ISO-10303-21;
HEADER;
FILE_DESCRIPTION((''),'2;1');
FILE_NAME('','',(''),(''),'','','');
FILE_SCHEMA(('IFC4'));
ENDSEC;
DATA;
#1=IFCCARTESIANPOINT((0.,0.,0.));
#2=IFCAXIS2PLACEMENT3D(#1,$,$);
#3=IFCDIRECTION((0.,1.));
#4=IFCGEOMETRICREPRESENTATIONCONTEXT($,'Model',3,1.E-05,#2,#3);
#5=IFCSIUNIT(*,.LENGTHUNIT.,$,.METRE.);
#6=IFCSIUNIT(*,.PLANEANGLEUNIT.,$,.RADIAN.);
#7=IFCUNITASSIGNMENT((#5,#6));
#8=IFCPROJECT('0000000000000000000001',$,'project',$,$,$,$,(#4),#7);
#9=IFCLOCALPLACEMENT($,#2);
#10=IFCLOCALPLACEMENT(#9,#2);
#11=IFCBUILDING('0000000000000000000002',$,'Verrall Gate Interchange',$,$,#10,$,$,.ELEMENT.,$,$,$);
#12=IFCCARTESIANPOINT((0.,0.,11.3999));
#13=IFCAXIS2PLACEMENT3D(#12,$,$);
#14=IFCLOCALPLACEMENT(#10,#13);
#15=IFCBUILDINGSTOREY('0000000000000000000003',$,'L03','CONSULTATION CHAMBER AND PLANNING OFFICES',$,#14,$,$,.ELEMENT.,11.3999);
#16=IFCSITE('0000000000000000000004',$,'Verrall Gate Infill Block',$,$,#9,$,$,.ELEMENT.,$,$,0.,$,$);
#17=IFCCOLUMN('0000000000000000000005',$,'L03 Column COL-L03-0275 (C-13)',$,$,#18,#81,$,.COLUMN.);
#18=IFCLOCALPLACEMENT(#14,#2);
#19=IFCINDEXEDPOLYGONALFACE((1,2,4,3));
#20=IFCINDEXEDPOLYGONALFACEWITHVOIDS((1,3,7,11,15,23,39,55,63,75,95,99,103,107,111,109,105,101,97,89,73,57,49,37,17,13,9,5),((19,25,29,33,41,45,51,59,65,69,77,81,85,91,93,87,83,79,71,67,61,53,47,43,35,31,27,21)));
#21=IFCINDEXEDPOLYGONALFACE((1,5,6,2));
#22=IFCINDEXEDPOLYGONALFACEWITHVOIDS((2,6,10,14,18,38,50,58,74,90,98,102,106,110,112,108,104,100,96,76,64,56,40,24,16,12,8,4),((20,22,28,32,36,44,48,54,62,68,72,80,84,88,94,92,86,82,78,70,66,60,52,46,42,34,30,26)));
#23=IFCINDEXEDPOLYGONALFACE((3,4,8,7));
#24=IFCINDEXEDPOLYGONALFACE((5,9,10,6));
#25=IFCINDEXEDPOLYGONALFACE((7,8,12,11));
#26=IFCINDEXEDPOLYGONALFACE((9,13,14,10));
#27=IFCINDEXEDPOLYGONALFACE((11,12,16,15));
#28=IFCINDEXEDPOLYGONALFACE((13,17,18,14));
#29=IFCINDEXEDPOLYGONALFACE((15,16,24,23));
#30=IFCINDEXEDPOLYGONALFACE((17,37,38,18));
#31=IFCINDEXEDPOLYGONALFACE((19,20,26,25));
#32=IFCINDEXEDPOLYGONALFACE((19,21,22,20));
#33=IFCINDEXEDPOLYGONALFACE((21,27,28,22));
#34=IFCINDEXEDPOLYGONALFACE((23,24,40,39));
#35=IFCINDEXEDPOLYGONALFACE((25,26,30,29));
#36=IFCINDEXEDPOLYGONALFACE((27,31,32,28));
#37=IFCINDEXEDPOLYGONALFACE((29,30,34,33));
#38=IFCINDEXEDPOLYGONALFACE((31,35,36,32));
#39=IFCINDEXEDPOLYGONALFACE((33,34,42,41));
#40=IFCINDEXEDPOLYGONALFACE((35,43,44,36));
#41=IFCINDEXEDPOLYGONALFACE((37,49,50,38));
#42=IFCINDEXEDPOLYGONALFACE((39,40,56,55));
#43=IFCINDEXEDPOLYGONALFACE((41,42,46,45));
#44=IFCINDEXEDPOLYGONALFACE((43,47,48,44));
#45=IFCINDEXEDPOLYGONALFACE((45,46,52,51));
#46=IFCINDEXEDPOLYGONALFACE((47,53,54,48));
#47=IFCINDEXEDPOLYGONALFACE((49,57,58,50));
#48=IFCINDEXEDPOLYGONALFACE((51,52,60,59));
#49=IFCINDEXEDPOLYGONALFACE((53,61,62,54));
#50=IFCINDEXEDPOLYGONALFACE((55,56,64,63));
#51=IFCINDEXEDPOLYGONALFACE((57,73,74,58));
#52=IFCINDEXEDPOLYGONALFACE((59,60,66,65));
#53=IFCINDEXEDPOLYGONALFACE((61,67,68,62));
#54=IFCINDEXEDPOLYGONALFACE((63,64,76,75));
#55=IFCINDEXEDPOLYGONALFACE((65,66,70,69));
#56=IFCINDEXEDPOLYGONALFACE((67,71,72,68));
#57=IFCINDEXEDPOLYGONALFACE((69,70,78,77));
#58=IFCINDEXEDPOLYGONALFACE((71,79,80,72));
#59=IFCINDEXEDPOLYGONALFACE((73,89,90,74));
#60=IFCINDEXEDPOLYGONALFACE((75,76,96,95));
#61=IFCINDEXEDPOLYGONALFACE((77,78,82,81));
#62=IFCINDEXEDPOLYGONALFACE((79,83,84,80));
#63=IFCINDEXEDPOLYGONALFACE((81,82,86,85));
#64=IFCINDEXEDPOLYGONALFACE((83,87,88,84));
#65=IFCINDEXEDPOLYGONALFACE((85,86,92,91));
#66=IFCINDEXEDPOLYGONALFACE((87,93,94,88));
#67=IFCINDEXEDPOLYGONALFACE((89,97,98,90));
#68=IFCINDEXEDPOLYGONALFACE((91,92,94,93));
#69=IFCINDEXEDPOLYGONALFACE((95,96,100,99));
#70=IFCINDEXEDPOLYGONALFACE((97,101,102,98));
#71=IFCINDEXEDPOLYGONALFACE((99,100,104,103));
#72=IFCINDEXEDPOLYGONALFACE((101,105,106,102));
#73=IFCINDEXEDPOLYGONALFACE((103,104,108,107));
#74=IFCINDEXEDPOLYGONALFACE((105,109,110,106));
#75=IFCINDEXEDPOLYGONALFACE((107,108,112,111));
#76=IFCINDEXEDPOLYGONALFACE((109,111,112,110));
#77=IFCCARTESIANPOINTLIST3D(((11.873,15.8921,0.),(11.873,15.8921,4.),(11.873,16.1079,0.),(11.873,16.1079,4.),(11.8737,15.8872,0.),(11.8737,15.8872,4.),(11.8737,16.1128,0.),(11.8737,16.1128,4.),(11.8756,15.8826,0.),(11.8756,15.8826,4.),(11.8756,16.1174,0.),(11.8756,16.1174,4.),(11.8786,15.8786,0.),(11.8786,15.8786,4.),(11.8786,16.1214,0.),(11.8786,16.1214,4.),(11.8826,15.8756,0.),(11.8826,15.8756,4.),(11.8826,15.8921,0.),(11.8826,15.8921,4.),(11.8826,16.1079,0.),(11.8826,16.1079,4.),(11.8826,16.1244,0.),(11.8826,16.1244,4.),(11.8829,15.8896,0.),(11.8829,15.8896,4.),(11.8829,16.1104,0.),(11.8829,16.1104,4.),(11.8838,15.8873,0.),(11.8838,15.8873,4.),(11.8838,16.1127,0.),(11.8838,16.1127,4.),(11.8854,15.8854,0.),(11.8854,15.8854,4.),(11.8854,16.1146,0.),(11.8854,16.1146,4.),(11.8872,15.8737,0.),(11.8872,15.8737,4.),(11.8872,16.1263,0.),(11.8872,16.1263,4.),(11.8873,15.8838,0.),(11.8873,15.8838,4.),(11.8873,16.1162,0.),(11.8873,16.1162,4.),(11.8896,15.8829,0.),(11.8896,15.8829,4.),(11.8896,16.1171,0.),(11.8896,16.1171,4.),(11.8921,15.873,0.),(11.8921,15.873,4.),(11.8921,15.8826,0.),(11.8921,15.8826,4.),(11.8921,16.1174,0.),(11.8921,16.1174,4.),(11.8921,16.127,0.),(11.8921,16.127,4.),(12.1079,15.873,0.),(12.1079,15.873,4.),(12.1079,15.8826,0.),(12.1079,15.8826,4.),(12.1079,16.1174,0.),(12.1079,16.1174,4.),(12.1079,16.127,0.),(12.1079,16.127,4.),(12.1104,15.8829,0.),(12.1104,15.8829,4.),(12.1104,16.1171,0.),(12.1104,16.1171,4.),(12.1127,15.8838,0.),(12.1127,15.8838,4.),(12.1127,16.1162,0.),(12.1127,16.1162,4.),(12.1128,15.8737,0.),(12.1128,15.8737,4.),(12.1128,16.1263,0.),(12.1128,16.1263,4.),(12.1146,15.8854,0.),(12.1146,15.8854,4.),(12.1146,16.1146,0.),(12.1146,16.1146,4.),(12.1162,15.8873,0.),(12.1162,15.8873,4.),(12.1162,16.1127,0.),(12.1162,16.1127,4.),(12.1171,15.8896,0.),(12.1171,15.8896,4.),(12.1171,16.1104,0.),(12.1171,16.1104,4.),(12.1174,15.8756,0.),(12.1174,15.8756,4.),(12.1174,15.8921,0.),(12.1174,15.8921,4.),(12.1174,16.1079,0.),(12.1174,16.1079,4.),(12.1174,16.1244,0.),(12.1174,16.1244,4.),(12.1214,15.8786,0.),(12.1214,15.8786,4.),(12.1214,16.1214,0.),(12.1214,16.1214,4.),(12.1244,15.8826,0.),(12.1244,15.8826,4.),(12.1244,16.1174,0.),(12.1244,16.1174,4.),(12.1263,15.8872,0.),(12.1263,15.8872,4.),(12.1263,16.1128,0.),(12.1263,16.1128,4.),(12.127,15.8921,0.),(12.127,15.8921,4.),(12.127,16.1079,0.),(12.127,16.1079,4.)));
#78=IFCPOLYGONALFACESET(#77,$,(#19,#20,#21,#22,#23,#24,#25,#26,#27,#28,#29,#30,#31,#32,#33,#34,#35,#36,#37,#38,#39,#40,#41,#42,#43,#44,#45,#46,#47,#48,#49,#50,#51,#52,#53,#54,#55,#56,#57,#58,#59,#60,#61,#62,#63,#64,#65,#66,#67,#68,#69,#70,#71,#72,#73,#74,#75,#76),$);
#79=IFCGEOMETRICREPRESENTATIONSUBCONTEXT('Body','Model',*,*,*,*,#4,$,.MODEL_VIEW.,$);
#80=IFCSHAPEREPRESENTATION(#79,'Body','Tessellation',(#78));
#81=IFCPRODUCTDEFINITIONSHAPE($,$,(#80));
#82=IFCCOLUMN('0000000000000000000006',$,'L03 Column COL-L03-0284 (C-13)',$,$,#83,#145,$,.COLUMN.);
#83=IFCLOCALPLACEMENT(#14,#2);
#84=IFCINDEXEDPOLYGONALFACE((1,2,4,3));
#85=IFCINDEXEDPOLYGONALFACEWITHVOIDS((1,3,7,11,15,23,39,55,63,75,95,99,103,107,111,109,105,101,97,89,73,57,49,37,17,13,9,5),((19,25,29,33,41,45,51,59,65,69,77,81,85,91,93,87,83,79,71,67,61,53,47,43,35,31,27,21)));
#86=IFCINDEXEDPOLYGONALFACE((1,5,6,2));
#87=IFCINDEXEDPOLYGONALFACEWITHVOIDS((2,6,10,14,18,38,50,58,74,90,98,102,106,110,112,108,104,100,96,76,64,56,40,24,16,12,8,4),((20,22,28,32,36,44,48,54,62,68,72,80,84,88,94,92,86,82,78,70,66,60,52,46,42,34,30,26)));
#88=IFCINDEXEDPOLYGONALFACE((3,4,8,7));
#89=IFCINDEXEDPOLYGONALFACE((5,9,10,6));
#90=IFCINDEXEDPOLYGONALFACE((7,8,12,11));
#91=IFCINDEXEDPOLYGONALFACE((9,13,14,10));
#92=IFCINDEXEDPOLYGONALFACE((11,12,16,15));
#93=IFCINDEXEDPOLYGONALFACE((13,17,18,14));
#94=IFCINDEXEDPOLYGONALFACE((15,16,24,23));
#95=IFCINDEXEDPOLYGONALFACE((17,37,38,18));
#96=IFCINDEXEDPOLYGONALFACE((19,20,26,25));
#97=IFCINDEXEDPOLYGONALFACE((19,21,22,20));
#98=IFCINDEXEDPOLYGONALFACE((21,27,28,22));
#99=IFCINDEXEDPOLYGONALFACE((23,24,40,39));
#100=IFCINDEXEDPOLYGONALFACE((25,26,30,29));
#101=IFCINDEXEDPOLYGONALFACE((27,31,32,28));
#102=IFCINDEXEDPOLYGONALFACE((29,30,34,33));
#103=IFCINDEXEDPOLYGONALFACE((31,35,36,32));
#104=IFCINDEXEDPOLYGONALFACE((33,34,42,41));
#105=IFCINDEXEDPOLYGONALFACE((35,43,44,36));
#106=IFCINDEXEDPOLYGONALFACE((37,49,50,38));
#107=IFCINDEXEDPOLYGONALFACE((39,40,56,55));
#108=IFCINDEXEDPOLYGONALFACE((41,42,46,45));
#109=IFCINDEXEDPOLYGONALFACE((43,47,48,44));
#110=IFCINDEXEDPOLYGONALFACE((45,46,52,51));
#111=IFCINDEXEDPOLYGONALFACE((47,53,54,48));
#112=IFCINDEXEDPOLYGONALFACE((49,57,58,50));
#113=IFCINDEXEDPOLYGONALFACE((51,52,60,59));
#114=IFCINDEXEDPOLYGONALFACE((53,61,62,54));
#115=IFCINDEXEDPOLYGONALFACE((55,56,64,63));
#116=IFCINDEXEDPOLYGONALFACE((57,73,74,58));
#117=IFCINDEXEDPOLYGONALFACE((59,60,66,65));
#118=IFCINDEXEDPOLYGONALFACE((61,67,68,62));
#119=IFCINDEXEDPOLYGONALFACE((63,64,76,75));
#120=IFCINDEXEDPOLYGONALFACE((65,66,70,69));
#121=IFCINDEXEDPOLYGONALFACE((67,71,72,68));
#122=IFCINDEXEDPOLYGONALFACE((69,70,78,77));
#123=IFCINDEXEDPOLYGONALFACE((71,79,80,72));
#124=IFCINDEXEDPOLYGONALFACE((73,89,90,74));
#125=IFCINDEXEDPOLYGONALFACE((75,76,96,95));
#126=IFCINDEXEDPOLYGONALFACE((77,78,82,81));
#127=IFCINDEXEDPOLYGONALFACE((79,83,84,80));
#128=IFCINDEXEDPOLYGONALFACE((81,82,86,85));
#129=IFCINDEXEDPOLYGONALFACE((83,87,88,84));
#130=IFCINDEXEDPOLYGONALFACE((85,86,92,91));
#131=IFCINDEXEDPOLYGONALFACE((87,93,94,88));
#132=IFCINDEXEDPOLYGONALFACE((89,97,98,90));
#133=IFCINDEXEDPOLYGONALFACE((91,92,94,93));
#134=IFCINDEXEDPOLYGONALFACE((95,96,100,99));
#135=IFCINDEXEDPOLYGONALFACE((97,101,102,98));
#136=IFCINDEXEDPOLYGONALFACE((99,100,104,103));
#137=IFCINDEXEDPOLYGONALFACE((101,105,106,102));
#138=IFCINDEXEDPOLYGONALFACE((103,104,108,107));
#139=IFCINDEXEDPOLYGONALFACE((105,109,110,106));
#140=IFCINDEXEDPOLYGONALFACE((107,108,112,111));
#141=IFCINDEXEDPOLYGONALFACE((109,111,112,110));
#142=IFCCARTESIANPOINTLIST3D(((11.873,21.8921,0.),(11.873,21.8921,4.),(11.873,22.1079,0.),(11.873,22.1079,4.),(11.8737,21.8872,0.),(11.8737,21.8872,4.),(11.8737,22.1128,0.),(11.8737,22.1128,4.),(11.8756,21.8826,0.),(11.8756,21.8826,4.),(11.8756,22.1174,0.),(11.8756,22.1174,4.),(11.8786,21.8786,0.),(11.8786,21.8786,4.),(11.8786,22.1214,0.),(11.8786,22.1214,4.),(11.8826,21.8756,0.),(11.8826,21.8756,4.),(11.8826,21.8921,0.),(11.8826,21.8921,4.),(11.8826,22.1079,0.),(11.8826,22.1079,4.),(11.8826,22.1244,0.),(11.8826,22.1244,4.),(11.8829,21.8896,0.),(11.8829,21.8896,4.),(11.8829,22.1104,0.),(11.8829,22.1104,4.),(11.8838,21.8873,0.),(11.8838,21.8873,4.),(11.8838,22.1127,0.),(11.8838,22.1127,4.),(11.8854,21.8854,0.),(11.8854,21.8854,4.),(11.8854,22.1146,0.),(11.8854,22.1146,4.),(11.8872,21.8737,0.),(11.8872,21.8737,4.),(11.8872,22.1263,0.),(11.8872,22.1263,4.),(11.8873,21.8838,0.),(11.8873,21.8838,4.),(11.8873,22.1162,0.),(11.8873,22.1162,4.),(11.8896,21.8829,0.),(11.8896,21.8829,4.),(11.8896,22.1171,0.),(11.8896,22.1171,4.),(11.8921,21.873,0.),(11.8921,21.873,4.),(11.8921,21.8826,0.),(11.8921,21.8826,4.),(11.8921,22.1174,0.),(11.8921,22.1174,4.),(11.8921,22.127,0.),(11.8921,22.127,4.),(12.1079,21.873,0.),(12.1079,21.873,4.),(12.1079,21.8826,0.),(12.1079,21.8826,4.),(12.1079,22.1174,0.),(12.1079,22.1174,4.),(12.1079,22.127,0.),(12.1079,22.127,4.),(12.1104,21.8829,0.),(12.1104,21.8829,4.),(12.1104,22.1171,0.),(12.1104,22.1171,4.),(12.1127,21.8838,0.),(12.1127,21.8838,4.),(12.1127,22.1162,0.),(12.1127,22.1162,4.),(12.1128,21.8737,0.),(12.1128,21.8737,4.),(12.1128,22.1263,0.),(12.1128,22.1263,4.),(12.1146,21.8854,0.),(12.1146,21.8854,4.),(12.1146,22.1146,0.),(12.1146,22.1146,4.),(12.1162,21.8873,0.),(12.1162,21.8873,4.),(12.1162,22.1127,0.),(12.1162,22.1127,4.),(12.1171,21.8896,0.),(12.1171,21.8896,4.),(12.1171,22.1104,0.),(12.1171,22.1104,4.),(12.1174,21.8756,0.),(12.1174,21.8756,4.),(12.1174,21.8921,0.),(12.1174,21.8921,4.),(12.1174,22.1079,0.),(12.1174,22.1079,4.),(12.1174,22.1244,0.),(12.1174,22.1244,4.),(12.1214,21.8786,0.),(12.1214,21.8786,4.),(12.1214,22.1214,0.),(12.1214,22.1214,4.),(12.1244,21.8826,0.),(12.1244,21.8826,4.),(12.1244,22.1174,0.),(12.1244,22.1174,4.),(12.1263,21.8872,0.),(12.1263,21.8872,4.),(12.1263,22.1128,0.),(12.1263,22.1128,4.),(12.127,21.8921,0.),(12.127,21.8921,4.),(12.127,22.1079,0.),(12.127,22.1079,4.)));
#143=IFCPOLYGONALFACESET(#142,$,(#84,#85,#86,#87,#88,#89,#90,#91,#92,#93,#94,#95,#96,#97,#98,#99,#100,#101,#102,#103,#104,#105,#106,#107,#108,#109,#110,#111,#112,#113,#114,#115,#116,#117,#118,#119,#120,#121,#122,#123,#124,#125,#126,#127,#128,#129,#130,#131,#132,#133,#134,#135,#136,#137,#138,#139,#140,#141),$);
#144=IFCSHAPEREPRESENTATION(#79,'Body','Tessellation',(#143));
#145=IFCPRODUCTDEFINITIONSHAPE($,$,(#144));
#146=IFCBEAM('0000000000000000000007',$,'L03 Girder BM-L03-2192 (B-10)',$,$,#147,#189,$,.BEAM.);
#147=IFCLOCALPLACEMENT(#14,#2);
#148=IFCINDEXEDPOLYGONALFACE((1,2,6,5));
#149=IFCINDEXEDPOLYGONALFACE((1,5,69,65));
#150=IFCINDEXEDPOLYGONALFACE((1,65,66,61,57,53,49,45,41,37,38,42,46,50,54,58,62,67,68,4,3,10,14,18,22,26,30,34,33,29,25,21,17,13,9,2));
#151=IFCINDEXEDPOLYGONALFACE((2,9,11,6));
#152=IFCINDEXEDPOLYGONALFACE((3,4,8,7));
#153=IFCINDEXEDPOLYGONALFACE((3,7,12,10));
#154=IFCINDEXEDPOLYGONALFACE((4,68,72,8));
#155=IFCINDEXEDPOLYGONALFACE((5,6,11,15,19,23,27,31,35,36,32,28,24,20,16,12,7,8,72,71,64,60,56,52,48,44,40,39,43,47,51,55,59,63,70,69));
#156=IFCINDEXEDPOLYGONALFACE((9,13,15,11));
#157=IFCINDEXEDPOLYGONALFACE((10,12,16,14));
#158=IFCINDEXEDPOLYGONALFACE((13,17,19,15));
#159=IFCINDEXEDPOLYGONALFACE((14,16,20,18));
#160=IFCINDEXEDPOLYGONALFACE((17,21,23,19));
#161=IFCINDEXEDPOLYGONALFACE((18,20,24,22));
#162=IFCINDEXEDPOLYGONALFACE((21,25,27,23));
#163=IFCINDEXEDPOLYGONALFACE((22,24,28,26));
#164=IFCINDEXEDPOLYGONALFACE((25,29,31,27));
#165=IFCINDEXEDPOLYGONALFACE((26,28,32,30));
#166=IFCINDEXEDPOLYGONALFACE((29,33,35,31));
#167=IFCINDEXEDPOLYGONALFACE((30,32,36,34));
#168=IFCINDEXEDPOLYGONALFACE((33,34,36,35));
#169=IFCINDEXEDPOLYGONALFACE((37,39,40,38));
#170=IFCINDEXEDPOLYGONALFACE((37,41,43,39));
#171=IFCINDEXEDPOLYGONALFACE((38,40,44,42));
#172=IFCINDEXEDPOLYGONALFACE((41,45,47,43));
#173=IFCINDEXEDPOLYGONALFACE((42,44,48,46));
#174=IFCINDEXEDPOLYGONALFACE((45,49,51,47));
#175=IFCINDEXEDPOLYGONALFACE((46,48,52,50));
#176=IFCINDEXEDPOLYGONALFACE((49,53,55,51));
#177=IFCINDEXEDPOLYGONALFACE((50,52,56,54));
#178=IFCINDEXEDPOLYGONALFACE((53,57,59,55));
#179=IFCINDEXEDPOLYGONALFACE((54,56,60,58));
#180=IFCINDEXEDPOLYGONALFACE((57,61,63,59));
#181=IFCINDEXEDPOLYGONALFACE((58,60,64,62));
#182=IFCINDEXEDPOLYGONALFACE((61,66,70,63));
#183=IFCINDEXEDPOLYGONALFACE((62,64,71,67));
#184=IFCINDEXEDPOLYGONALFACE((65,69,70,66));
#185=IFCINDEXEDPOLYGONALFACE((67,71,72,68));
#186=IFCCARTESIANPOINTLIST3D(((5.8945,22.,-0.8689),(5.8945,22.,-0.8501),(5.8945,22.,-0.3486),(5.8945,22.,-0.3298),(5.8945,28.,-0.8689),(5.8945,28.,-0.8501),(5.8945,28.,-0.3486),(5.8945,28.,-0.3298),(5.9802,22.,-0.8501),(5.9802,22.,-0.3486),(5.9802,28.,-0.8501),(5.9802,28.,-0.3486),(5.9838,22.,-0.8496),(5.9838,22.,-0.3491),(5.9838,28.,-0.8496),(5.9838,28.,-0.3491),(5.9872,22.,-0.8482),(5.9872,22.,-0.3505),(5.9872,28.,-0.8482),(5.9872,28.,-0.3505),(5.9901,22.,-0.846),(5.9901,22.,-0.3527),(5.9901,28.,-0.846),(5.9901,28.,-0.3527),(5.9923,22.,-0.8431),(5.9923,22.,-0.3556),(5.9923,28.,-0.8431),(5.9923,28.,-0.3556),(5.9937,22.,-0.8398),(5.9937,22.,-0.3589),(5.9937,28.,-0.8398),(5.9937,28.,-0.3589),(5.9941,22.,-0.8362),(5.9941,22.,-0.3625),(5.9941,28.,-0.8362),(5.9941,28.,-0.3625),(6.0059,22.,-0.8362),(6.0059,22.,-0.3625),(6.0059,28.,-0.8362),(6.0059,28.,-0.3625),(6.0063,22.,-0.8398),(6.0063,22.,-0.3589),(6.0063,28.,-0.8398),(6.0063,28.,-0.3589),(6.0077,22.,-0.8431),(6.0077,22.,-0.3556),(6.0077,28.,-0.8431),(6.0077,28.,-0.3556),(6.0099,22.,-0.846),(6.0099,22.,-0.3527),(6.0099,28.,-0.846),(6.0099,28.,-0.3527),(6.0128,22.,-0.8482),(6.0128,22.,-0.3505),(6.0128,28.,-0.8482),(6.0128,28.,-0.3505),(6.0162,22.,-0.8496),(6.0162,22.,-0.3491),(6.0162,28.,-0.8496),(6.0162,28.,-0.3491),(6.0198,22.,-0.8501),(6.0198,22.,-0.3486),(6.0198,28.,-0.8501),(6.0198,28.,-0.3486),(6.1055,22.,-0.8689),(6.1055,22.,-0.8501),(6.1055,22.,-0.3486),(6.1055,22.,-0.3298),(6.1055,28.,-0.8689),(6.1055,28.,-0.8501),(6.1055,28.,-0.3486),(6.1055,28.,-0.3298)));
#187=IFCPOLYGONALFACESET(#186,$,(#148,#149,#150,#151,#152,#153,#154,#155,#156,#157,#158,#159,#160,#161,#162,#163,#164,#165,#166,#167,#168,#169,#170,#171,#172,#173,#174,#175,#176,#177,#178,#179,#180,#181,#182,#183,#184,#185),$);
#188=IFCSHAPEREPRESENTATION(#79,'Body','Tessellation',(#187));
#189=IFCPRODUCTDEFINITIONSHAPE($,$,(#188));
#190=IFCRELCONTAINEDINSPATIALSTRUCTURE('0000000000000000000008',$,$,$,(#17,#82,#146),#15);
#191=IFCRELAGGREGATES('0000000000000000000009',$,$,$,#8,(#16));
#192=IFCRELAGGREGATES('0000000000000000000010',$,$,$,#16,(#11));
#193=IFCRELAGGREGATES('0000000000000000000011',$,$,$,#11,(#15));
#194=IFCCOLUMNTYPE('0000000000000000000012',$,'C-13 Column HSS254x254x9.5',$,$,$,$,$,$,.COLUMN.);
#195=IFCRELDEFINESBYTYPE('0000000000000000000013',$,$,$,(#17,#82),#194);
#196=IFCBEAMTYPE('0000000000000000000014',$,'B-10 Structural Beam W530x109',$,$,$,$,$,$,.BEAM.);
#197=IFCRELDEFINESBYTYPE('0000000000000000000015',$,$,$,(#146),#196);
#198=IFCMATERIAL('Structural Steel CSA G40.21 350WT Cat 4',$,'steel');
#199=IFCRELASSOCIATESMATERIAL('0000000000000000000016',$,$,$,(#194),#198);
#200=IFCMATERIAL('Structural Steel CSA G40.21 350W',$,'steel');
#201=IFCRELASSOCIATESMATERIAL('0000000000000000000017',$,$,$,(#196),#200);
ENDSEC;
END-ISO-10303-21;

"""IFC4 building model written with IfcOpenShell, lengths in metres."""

from ifc_helpers import new_model, si_unit, direction, frame, origin, origin_2d, place, context, subcontext, project, spatial, hollow_rectangle, i_section, extrude, material, material_profile, profile_set, type_object, element, save


model = new_model("IFC4")

# Units and contexts
model_context = context("Model", 3, precision=1e-05, world=origin(), true_north=direction((0.0, 1.0)))
body_context = subcontext(model_context, "Body", "Model", "MODEL_VIEW")
ifc_project = project(units=[si_unit("LENGTHUNIT", "METRE"), si_unit("PLANEANGLEUNIT", "RADIAN")], contexts=[model_context])

# Site, building, storey
site_placement = place(None, origin())
site = spatial("IfcSite", under=ifc_project, at=site_placement, Name="Verrall Gate Infill Block", CompositionType="ELEMENT", RefElevation=0.0)
building_placement = place(site_placement, origin())
building = spatial("IfcBuilding", under=site, at=building_placement, Name="Verrall Gate Interchange", CompositionType="ELEMENT")
storey_placement = place(building_placement, frame((0.0, 0.0, 11.3999)))
storey = spatial("IfcBuildingStorey", under=building, at=storey_placement, Name="L03", Description="CONSULTATION CHAMBER AND PLANNING OFFICES", CompositionType="ELEMENT", Elevation=11.3999)

# Columns
ifc_material_1 = material(Name="Structural Steel CSA G40.21 350WT Cat 4", Category="steel")
ifc_material_profile_1 = material_profile(ifc_material_1, hollow_rectangle(XDim=0.2539, YDim=0.2539, WallThickness=0.0095, InnerFilletRadius=0.0095, OuterFilletRadius=0.019, at=origin_2d()), Name="HSS254x254x9.5")
ifc_profile_set_1 = profile_set([ifc_material_profile_1], Name="Structural Steel CSA G40.21 350WT Cat 4")
column_type_1 = type_object("IfcColumnType", Name="C-13 Column HSS254x254x9.5", PredefinedType="COLUMN", material=ifc_profile_set_1)
for number, where, z_axis, x_axis, name in (
    (1, (12.0, 16.0, 0.0), (0.0, 0.0, 1.0), (1.0, 0.0, 0.0), "L03 Column COL-L03-0275 (C-13)"),
    (2, (12.0, 22.0, 0.0), (0.0, 0.0, 1.0), (1.0, 0.0, 0.0), "L03 Column COL-L03-0284 (C-13)"),
):
    element("IfcColumn", number, at=place(storey_placement, frame(where, z_axis=z_axis, x_axis=x_axis)), inside=storey, type_object=column_type_1, Name=name, PredefinedType="COLUMN", context=body_context, shape_type="SweptSolid", body=[
        extrude(hollow_rectangle(XDim=0.2539, YDim=0.2539, WallThickness=0.0095, InnerFilletRadius=0.0095, OuterFilletRadius=0.019, at=origin_2d()), origin(), (0.0, 0.0, 1.0), 4.0),
    ])

# Beam
ifc_material_2 = material(Name="Structural Steel CSA G40.21 350W", Category="steel")
ifc_material_profile_2 = material_profile(ifc_material_2, i_section(OverallWidth=0.2109, OverallDepth=0.5391, WebThickness=0.0117, FlangeThickness=0.0188, FilletRadius=0.0139, at=origin_2d()), Name="W530x109")
ifc_profile_set_2 = profile_set([ifc_material_profile_2], Name="Structural Steel CSA G40.21 350W")
beam_type_1 = type_object("IfcBeamType", Name="B-10 Structural Beam W530x109", PredefinedType="BEAM", material=ifc_profile_set_2)
for number, where, z_axis, x_axis, name in (
    (3, (6.0, 22.0, -0.5994), (0.0, 1.0, 0.0), (-1.0, 0.0, 0.0), "L03 Girder BM-L03-2192 (B-10)"),
):
    element("IfcBeam", number, at=place(storey_placement, frame(where, z_axis=z_axis, x_axis=x_axis)), inside=storey, type_object=beam_type_1, Name=name, PredefinedType="BEAM", context=body_context, shape_type="SweptSolid", body=[
        extrude(i_section(OverallWidth=0.2109, OverallDepth=0.5391, WebThickness=0.0117, FlangeThickness=0.0188, FilletRadius=0.0139, at=origin_2d()), origin(), (0.0, 0.0, 1.0), 6.0),
    ])

save(model, "model.ifc")
